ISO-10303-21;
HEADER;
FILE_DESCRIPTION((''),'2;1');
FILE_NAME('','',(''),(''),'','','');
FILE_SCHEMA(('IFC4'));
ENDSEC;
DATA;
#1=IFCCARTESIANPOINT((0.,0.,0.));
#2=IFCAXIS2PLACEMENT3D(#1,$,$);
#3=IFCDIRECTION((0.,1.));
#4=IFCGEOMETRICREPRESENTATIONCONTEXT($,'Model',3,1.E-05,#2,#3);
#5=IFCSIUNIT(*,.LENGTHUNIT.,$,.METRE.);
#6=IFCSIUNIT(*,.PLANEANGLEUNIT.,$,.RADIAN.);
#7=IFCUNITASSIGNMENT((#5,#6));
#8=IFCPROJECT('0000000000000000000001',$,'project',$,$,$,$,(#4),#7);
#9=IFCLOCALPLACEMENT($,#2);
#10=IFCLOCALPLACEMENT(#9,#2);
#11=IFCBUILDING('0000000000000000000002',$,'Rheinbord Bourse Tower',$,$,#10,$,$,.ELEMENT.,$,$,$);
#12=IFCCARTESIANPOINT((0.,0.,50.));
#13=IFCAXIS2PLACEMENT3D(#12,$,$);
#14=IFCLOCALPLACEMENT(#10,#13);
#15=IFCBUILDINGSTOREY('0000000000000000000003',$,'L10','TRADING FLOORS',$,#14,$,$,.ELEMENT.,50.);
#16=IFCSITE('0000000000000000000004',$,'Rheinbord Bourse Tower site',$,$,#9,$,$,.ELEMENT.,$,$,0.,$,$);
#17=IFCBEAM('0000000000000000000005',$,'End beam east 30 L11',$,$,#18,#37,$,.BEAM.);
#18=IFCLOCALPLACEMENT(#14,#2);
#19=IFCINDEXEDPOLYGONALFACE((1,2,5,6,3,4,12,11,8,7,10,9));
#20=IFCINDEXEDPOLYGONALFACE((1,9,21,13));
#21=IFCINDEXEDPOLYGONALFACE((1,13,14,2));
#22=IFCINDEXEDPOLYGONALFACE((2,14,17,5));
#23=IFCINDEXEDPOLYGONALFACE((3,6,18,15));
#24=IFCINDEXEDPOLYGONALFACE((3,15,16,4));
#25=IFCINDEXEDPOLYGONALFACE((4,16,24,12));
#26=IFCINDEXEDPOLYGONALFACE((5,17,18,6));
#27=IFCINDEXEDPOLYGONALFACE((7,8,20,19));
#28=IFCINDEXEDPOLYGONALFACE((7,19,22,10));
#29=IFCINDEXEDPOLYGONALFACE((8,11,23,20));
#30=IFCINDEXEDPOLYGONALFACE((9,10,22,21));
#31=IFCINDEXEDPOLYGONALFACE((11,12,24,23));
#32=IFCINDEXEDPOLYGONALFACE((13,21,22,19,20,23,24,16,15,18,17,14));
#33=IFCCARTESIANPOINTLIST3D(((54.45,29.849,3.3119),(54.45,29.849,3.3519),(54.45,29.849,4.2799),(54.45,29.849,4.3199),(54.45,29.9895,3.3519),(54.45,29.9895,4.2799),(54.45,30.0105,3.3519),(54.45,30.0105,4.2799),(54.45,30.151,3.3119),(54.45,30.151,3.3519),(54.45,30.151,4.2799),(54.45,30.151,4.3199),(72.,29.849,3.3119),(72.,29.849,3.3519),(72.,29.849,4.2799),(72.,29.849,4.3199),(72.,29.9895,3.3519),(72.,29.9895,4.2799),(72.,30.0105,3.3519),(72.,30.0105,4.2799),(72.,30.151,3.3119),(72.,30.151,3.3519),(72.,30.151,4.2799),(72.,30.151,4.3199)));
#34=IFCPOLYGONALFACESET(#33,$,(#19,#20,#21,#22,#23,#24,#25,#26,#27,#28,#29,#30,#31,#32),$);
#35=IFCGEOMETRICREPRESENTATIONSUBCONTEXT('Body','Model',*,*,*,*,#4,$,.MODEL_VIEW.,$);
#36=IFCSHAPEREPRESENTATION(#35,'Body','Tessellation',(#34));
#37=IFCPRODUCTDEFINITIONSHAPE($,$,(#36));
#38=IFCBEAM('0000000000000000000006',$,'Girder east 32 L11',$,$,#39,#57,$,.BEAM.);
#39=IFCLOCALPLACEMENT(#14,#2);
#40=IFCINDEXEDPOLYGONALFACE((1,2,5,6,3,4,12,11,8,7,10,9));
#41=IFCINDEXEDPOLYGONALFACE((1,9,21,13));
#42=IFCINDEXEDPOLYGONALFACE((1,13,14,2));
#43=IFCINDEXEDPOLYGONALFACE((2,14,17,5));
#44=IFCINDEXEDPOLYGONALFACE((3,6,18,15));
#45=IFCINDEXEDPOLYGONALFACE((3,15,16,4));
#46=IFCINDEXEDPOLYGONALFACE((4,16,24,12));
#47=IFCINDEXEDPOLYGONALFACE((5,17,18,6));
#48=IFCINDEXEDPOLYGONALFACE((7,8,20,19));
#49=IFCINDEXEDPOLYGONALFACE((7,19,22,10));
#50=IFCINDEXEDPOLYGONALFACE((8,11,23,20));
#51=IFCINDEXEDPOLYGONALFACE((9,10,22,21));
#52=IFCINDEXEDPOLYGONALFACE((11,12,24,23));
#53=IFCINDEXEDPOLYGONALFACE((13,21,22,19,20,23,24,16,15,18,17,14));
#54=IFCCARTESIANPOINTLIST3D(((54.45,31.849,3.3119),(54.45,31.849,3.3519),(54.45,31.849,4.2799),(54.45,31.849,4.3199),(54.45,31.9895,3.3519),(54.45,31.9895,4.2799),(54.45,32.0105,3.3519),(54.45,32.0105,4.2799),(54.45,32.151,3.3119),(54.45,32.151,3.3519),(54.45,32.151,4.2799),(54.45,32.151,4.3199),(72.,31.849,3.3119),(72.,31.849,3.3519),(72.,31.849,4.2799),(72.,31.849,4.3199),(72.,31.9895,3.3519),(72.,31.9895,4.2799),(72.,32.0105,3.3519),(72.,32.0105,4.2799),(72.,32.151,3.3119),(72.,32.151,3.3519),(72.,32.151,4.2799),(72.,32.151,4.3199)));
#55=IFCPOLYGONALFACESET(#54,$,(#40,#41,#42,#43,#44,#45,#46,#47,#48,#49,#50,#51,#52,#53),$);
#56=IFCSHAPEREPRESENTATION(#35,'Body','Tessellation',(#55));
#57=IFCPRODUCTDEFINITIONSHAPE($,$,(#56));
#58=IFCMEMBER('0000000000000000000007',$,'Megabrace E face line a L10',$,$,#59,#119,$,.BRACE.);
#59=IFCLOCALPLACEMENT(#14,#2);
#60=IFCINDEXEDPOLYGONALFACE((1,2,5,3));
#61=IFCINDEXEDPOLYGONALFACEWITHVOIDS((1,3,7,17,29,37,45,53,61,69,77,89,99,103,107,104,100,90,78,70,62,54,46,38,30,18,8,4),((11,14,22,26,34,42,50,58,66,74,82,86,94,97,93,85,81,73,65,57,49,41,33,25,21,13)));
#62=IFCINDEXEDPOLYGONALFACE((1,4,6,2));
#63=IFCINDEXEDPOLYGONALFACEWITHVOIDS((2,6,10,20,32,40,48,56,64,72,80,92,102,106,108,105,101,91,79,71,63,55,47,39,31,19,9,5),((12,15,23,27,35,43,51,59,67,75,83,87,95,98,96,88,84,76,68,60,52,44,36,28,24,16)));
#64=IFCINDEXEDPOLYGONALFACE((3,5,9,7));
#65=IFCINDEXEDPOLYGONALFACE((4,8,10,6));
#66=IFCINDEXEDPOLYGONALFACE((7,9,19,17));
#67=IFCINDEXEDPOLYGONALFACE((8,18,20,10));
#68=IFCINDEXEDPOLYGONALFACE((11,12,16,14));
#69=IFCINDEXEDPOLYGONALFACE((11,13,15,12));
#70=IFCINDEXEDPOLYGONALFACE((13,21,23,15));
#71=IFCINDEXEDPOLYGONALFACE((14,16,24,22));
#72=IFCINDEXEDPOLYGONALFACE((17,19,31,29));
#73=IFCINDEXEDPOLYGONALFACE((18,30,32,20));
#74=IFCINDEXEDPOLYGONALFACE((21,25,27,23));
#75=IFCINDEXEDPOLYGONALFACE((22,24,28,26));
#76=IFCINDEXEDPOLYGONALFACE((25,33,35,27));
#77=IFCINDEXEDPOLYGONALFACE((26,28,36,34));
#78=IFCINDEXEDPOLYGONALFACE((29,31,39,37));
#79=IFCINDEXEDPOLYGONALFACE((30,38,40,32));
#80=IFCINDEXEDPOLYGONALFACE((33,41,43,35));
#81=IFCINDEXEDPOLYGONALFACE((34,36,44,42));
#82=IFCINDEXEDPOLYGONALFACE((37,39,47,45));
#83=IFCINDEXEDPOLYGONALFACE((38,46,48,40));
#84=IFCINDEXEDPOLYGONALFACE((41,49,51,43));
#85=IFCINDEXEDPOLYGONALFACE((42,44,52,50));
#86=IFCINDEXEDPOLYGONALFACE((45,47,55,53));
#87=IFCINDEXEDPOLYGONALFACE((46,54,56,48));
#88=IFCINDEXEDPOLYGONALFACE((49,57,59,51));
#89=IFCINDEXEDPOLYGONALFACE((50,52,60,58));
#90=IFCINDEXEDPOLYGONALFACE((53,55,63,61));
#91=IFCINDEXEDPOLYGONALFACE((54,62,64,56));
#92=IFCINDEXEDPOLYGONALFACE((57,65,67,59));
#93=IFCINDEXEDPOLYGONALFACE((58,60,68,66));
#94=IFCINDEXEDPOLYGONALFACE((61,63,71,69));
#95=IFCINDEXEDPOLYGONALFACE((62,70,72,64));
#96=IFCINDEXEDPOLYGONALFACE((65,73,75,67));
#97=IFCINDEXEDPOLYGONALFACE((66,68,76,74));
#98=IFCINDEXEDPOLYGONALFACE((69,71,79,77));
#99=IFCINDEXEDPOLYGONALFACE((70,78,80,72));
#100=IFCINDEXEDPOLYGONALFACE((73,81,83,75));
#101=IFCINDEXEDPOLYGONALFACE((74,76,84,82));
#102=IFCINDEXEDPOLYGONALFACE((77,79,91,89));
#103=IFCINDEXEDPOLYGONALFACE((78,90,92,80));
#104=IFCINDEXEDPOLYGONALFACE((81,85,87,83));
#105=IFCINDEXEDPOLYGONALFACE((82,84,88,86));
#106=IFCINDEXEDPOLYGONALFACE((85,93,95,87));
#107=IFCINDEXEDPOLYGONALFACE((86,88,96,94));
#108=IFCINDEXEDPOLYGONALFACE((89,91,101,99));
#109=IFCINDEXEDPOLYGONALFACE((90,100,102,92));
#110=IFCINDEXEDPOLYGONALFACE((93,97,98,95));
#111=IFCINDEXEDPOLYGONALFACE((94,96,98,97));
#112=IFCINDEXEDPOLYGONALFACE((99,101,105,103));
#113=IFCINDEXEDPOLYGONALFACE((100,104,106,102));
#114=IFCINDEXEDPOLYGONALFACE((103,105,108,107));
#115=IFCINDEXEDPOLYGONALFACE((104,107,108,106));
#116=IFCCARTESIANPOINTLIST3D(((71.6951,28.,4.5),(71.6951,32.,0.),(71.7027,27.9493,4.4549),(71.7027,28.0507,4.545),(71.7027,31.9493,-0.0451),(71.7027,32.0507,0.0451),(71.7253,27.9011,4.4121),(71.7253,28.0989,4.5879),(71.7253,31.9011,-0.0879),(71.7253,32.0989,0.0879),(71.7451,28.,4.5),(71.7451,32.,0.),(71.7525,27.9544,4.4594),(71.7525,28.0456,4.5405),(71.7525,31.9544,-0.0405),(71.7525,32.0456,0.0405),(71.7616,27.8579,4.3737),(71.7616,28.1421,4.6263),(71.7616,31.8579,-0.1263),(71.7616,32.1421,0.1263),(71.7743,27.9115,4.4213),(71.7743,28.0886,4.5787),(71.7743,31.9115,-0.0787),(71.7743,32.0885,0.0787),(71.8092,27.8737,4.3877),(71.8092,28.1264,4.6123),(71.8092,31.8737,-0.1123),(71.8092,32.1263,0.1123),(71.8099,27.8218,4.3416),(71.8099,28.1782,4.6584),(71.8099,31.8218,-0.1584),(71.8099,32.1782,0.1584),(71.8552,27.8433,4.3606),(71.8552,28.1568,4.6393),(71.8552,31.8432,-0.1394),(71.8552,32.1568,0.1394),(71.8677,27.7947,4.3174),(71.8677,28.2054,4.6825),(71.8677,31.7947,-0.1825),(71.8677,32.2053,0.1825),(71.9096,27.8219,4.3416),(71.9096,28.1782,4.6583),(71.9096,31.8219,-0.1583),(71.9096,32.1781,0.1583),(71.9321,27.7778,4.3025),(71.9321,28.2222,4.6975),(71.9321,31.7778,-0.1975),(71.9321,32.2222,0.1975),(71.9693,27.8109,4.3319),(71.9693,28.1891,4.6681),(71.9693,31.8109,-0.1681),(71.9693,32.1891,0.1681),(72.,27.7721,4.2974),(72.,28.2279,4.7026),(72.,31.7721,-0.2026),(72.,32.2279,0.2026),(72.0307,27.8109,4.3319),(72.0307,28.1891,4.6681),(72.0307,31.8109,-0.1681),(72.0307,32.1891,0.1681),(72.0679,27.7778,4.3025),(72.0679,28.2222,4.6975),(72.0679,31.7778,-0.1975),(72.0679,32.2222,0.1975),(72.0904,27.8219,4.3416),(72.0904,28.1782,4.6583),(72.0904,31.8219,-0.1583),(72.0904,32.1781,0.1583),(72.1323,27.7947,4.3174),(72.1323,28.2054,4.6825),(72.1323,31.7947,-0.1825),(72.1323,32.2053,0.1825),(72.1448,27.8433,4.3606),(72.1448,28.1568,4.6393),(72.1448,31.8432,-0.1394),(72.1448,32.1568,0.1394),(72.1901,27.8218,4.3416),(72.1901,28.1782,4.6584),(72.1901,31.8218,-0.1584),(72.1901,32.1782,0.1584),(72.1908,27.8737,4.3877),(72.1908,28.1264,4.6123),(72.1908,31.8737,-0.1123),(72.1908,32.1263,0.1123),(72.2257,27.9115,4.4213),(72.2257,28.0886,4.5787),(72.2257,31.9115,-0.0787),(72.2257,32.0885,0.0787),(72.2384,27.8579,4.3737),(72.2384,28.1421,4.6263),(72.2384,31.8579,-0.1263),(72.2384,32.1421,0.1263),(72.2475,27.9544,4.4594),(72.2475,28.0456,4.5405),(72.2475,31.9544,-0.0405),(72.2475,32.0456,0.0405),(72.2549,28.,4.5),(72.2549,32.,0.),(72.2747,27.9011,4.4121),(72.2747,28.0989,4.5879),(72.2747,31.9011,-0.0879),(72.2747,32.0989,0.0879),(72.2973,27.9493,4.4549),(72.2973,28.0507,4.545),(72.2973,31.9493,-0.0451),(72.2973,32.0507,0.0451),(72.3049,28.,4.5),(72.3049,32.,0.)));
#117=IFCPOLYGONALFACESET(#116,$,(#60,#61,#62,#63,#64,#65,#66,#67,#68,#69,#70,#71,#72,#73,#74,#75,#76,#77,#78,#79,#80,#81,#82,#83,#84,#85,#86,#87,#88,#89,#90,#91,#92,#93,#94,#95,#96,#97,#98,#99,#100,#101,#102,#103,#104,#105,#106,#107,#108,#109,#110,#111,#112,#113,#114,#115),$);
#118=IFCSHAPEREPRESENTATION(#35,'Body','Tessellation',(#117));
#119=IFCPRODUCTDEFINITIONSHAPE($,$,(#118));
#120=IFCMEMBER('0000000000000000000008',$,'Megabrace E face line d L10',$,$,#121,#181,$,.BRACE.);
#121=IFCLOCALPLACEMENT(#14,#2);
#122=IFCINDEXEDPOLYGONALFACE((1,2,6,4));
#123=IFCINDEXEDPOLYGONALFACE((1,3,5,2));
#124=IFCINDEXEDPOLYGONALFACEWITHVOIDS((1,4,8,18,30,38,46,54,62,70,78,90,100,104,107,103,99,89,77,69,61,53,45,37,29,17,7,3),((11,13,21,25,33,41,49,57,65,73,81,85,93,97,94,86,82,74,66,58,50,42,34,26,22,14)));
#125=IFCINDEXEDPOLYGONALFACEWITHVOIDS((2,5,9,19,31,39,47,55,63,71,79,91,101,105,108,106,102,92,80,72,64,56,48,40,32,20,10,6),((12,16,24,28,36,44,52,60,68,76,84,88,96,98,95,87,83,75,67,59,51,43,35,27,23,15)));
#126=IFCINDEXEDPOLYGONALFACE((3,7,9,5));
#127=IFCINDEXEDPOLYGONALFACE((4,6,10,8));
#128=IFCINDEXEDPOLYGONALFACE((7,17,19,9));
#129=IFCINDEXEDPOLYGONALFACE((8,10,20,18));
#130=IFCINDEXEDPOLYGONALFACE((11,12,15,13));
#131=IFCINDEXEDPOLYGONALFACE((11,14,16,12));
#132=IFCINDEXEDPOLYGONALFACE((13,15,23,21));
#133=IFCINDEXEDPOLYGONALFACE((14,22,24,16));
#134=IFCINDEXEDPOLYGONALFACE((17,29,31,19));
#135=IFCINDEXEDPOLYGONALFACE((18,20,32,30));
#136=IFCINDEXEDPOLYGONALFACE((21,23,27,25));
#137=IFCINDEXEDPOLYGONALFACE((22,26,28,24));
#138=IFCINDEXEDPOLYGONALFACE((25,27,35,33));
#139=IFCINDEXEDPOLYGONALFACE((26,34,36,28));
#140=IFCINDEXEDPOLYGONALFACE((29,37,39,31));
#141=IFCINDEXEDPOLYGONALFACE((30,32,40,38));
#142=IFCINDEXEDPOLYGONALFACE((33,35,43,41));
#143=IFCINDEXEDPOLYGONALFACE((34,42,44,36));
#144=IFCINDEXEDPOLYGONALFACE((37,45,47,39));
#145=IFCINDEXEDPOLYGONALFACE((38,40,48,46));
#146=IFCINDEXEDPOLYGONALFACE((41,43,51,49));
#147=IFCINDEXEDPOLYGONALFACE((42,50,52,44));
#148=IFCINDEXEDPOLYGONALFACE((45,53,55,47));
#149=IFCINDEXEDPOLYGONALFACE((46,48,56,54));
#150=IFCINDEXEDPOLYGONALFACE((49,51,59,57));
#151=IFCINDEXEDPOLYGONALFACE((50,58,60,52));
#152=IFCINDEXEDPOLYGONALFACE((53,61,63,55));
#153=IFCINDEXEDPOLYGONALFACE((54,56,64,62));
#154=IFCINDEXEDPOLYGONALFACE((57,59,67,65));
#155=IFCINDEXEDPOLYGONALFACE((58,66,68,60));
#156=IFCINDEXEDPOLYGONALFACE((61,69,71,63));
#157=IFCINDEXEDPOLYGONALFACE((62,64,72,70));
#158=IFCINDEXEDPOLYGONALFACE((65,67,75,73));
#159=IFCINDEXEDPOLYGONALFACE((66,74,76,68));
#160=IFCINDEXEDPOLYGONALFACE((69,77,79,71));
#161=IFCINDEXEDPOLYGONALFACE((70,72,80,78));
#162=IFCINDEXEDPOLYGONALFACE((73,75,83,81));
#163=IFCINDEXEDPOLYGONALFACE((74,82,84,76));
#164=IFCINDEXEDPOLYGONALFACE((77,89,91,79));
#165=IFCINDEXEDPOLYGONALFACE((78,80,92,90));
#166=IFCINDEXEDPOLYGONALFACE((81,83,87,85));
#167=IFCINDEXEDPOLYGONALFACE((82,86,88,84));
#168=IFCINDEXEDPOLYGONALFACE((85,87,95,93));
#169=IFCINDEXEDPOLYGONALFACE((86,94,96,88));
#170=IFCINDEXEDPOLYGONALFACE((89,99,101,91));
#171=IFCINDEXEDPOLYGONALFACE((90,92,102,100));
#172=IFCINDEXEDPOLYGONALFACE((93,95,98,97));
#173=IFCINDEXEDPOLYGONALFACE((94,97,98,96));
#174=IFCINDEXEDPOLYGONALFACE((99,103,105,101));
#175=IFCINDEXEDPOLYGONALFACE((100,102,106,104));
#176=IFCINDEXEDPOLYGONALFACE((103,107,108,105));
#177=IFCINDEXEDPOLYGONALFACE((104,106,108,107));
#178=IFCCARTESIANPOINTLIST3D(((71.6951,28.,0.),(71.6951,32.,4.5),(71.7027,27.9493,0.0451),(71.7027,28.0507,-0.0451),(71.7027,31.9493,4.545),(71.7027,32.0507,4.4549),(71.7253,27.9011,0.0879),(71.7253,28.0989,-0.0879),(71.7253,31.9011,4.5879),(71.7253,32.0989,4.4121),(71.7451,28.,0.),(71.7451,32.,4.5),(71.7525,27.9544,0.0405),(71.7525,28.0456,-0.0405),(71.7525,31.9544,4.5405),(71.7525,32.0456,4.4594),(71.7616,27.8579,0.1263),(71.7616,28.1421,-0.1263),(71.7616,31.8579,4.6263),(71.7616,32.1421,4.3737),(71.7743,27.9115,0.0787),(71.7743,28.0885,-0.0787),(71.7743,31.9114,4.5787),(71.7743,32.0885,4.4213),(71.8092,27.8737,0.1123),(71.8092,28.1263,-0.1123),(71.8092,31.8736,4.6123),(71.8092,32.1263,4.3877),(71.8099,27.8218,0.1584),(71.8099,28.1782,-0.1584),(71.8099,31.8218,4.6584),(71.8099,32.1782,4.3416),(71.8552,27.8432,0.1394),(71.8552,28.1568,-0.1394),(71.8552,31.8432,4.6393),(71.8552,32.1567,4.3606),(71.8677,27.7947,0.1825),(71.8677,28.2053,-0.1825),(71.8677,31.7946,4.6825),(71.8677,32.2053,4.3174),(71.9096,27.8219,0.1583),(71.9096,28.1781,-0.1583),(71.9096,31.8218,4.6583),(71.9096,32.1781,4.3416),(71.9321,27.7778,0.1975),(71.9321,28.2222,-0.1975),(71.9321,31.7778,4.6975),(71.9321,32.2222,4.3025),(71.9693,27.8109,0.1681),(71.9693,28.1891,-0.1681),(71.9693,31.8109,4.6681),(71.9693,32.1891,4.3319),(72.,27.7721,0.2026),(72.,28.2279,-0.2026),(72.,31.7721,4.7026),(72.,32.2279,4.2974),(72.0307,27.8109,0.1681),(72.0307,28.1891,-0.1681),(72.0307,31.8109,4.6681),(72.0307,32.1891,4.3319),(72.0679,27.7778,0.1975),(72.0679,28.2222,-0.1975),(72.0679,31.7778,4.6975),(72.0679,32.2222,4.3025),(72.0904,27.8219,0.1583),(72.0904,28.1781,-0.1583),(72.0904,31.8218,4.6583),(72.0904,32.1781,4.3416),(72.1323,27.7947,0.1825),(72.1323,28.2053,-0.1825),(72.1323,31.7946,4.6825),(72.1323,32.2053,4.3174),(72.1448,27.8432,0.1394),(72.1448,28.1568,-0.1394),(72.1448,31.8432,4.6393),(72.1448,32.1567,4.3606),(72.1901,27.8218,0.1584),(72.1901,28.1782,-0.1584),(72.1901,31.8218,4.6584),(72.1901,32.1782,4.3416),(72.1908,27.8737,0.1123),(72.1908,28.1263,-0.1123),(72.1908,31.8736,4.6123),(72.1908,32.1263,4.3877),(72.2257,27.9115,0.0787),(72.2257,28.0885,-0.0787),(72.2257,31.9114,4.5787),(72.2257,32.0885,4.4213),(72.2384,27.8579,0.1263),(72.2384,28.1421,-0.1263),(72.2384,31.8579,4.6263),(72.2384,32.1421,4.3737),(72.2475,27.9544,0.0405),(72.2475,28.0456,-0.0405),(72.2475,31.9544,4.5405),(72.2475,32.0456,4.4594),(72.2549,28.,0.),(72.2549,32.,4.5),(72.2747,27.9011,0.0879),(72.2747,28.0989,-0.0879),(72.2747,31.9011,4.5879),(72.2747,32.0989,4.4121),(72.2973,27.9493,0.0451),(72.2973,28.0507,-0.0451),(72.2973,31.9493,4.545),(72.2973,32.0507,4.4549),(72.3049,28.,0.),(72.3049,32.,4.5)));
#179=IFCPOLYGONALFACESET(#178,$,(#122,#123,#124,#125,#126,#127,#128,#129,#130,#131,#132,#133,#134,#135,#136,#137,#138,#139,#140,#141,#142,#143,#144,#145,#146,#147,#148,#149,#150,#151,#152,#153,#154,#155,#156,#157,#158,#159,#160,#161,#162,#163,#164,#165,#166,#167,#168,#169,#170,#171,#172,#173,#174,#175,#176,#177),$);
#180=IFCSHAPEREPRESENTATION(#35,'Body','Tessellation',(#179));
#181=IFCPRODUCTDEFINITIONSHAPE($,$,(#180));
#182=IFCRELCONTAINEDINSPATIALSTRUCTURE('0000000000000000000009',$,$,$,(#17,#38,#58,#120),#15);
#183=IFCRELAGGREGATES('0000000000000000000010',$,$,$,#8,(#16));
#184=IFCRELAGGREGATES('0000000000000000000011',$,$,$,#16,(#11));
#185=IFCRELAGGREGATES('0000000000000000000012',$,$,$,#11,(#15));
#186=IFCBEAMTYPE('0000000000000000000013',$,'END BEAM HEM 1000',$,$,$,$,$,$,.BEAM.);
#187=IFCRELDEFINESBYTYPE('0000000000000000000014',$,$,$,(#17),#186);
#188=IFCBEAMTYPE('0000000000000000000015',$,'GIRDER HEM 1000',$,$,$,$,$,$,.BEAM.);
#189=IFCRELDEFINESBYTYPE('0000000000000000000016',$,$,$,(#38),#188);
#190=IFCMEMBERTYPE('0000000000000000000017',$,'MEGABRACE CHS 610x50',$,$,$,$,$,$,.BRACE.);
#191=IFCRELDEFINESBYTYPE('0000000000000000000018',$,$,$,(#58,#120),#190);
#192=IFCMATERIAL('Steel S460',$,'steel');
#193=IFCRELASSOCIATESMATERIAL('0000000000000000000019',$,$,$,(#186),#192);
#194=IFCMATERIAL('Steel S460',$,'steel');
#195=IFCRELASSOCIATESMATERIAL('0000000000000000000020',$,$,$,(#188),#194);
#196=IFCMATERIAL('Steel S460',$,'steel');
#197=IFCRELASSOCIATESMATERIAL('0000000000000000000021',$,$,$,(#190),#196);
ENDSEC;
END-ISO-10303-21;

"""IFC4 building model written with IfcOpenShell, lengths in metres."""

from ifc_helpers import new_model, si_unit, direction, frame, origin, origin_2d, place, context, subcontext, project, spatial, hollow_circle, i_section, extrude, material, material_profile, profile_set, type_object, element, save


model = new_model("IFC4")

# Units and contexts
model_context = context("Model", 3, precision=1e-05, world=origin(), true_north=direction((0.0, 1.0)))
body_context = subcontext(model_context, "Body", "Model", "MODEL_VIEW")
ifc_project = project(units=[si_unit("LENGTHUNIT", "METRE"), si_unit("PLANEANGLEUNIT", "RADIAN")], contexts=[model_context])

# Site, building, storey
site_placement = place(None, origin())
site = spatial("IfcSite", under=ifc_project, at=site_placement, Name="Rheinbord Bourse Tower site", CompositionType="ELEMENT", RefElevation=0.0)
building_placement = place(site_placement, origin())
building = spatial("IfcBuilding", under=site, at=building_placement, Name="Rheinbord Bourse Tower", CompositionType="ELEMENT")
storey_placement = place(building_placement, frame((0.0, 0.0, 50.0)))
storey = spatial("IfcBuildingStorey", under=building, at=storey_placement, Name="L10", Description="TRADING FLOORS", CompositionType="ELEMENT", Elevation=50.0)

# Beams
ifc_material_1 = material(Name="Steel S460", Category="steel")
ifc_material_profile_1 = material_profile(ifc_material_1, i_section(OverallWidth=0.302, OverallDepth=1.0081, WebThickness=0.021, FlangeThickness=0.04, at=origin_2d()), Name="HEM 1000")
ifc_profile_set_1 = profile_set([ifc_material_profile_1], Name="Steel S460")
beam_type_1 = type_object("IfcBeamType", Name="END BEAM HEM 1000", PredefinedType="BEAM", material=ifc_profile_set_1)
beam_1_placement = place(storey_placement, frame((54.45, 30.0, 3.8159), z_axis=(1.0, 0.0, 0.0), x_axis=(0.0, 1.0, 0.0)))
element("IfcBeam", 1, at=beam_1_placement, inside=storey, type_object=beam_type_1, Name="End beam east 30 L11", PredefinedType="BEAM", context=body_context, shape_type="SweptSolid", body=[
    extrude(i_section(OverallWidth=0.302, OverallDepth=1.0081, WebThickness=0.021, FlangeThickness=0.04, at=origin_2d()), origin(), (0.0, 0.0, 1.0), 17.55),
])
ifc_material_2 = material(Name="Steel S460", Category="steel")
ifc_material_profile_2 = material_profile(ifc_material_2, i_section(OverallWidth=0.302, OverallDepth=1.0081, WebThickness=0.021, FlangeThickness=0.04, at=origin_2d()), Name="HEM 1000")
ifc_profile_set_2 = profile_set([ifc_material_profile_2], Name="Steel S460")
beam_type_2 = type_object("IfcBeamType", Name="GIRDER HEM 1000", PredefinedType="BEAM", material=ifc_profile_set_2)
beam_2_placement = place(storey_placement, frame((54.45, 32.0, 3.8159), z_axis=(1.0, 0.0, 0.0), x_axis=(0.0, 1.0, 0.0)))
element("IfcBeam", 2, at=beam_2_placement, inside=storey, type_object=beam_type_2, Name="Girder east 32 L11", PredefinedType="BEAM", context=body_context, shape_type="SweptSolid", body=[
    extrude(i_section(OverallWidth=0.302, OverallDepth=1.0081, WebThickness=0.021, FlangeThickness=0.04, at=origin_2d()), origin(), (0.0, 0.0, 1.0), 17.55),
])

# Members
ifc_material_3 = material(Name="Steel S460", Category="steel")
ifc_material_profile_3 = material_profile(ifc_material_3, hollow_circle(Radius=0.3049, WallThickness=0.05, at=origin_2d()), Name="CHS 610x50")
ifc_profile_set_3 = profile_set([ifc_material_profile_3], Name="Steel S460")
member_type_1 = type_object("IfcMemberType", Name="MEGABRACE CHS 610x50", PredefinedType="BRACE", material=ifc_profile_set_3)
for number, where, z_axis, x_axis, name in (
    (3, (72.0, 32.0, 0.0), (0.0, -0.664364, 0.747409), (1.0, 0.0, 0.0), "Megabrace E face line a L10"),
    (4, (72.0, 28.0, 0.0), (0.0, 0.664364, 0.747409), (-1.0, 0.0, 0.0), "Megabrace E face line d L10"),
):
    element("IfcMember", number, at=place(storey_placement, frame(where, z_axis=z_axis, x_axis=x_axis)), inside=storey, type_object=member_type_1, Name=name, PredefinedType="BRACE", context=body_context, shape_type="SweptSolid", body=[
        extrude(hollow_circle(Radius=0.3049, WallThickness=0.05, at=origin_2d()), origin(), (0.0, 0.0, 1.0), 6.0208),
    ])

save(model, "model.ifc")
